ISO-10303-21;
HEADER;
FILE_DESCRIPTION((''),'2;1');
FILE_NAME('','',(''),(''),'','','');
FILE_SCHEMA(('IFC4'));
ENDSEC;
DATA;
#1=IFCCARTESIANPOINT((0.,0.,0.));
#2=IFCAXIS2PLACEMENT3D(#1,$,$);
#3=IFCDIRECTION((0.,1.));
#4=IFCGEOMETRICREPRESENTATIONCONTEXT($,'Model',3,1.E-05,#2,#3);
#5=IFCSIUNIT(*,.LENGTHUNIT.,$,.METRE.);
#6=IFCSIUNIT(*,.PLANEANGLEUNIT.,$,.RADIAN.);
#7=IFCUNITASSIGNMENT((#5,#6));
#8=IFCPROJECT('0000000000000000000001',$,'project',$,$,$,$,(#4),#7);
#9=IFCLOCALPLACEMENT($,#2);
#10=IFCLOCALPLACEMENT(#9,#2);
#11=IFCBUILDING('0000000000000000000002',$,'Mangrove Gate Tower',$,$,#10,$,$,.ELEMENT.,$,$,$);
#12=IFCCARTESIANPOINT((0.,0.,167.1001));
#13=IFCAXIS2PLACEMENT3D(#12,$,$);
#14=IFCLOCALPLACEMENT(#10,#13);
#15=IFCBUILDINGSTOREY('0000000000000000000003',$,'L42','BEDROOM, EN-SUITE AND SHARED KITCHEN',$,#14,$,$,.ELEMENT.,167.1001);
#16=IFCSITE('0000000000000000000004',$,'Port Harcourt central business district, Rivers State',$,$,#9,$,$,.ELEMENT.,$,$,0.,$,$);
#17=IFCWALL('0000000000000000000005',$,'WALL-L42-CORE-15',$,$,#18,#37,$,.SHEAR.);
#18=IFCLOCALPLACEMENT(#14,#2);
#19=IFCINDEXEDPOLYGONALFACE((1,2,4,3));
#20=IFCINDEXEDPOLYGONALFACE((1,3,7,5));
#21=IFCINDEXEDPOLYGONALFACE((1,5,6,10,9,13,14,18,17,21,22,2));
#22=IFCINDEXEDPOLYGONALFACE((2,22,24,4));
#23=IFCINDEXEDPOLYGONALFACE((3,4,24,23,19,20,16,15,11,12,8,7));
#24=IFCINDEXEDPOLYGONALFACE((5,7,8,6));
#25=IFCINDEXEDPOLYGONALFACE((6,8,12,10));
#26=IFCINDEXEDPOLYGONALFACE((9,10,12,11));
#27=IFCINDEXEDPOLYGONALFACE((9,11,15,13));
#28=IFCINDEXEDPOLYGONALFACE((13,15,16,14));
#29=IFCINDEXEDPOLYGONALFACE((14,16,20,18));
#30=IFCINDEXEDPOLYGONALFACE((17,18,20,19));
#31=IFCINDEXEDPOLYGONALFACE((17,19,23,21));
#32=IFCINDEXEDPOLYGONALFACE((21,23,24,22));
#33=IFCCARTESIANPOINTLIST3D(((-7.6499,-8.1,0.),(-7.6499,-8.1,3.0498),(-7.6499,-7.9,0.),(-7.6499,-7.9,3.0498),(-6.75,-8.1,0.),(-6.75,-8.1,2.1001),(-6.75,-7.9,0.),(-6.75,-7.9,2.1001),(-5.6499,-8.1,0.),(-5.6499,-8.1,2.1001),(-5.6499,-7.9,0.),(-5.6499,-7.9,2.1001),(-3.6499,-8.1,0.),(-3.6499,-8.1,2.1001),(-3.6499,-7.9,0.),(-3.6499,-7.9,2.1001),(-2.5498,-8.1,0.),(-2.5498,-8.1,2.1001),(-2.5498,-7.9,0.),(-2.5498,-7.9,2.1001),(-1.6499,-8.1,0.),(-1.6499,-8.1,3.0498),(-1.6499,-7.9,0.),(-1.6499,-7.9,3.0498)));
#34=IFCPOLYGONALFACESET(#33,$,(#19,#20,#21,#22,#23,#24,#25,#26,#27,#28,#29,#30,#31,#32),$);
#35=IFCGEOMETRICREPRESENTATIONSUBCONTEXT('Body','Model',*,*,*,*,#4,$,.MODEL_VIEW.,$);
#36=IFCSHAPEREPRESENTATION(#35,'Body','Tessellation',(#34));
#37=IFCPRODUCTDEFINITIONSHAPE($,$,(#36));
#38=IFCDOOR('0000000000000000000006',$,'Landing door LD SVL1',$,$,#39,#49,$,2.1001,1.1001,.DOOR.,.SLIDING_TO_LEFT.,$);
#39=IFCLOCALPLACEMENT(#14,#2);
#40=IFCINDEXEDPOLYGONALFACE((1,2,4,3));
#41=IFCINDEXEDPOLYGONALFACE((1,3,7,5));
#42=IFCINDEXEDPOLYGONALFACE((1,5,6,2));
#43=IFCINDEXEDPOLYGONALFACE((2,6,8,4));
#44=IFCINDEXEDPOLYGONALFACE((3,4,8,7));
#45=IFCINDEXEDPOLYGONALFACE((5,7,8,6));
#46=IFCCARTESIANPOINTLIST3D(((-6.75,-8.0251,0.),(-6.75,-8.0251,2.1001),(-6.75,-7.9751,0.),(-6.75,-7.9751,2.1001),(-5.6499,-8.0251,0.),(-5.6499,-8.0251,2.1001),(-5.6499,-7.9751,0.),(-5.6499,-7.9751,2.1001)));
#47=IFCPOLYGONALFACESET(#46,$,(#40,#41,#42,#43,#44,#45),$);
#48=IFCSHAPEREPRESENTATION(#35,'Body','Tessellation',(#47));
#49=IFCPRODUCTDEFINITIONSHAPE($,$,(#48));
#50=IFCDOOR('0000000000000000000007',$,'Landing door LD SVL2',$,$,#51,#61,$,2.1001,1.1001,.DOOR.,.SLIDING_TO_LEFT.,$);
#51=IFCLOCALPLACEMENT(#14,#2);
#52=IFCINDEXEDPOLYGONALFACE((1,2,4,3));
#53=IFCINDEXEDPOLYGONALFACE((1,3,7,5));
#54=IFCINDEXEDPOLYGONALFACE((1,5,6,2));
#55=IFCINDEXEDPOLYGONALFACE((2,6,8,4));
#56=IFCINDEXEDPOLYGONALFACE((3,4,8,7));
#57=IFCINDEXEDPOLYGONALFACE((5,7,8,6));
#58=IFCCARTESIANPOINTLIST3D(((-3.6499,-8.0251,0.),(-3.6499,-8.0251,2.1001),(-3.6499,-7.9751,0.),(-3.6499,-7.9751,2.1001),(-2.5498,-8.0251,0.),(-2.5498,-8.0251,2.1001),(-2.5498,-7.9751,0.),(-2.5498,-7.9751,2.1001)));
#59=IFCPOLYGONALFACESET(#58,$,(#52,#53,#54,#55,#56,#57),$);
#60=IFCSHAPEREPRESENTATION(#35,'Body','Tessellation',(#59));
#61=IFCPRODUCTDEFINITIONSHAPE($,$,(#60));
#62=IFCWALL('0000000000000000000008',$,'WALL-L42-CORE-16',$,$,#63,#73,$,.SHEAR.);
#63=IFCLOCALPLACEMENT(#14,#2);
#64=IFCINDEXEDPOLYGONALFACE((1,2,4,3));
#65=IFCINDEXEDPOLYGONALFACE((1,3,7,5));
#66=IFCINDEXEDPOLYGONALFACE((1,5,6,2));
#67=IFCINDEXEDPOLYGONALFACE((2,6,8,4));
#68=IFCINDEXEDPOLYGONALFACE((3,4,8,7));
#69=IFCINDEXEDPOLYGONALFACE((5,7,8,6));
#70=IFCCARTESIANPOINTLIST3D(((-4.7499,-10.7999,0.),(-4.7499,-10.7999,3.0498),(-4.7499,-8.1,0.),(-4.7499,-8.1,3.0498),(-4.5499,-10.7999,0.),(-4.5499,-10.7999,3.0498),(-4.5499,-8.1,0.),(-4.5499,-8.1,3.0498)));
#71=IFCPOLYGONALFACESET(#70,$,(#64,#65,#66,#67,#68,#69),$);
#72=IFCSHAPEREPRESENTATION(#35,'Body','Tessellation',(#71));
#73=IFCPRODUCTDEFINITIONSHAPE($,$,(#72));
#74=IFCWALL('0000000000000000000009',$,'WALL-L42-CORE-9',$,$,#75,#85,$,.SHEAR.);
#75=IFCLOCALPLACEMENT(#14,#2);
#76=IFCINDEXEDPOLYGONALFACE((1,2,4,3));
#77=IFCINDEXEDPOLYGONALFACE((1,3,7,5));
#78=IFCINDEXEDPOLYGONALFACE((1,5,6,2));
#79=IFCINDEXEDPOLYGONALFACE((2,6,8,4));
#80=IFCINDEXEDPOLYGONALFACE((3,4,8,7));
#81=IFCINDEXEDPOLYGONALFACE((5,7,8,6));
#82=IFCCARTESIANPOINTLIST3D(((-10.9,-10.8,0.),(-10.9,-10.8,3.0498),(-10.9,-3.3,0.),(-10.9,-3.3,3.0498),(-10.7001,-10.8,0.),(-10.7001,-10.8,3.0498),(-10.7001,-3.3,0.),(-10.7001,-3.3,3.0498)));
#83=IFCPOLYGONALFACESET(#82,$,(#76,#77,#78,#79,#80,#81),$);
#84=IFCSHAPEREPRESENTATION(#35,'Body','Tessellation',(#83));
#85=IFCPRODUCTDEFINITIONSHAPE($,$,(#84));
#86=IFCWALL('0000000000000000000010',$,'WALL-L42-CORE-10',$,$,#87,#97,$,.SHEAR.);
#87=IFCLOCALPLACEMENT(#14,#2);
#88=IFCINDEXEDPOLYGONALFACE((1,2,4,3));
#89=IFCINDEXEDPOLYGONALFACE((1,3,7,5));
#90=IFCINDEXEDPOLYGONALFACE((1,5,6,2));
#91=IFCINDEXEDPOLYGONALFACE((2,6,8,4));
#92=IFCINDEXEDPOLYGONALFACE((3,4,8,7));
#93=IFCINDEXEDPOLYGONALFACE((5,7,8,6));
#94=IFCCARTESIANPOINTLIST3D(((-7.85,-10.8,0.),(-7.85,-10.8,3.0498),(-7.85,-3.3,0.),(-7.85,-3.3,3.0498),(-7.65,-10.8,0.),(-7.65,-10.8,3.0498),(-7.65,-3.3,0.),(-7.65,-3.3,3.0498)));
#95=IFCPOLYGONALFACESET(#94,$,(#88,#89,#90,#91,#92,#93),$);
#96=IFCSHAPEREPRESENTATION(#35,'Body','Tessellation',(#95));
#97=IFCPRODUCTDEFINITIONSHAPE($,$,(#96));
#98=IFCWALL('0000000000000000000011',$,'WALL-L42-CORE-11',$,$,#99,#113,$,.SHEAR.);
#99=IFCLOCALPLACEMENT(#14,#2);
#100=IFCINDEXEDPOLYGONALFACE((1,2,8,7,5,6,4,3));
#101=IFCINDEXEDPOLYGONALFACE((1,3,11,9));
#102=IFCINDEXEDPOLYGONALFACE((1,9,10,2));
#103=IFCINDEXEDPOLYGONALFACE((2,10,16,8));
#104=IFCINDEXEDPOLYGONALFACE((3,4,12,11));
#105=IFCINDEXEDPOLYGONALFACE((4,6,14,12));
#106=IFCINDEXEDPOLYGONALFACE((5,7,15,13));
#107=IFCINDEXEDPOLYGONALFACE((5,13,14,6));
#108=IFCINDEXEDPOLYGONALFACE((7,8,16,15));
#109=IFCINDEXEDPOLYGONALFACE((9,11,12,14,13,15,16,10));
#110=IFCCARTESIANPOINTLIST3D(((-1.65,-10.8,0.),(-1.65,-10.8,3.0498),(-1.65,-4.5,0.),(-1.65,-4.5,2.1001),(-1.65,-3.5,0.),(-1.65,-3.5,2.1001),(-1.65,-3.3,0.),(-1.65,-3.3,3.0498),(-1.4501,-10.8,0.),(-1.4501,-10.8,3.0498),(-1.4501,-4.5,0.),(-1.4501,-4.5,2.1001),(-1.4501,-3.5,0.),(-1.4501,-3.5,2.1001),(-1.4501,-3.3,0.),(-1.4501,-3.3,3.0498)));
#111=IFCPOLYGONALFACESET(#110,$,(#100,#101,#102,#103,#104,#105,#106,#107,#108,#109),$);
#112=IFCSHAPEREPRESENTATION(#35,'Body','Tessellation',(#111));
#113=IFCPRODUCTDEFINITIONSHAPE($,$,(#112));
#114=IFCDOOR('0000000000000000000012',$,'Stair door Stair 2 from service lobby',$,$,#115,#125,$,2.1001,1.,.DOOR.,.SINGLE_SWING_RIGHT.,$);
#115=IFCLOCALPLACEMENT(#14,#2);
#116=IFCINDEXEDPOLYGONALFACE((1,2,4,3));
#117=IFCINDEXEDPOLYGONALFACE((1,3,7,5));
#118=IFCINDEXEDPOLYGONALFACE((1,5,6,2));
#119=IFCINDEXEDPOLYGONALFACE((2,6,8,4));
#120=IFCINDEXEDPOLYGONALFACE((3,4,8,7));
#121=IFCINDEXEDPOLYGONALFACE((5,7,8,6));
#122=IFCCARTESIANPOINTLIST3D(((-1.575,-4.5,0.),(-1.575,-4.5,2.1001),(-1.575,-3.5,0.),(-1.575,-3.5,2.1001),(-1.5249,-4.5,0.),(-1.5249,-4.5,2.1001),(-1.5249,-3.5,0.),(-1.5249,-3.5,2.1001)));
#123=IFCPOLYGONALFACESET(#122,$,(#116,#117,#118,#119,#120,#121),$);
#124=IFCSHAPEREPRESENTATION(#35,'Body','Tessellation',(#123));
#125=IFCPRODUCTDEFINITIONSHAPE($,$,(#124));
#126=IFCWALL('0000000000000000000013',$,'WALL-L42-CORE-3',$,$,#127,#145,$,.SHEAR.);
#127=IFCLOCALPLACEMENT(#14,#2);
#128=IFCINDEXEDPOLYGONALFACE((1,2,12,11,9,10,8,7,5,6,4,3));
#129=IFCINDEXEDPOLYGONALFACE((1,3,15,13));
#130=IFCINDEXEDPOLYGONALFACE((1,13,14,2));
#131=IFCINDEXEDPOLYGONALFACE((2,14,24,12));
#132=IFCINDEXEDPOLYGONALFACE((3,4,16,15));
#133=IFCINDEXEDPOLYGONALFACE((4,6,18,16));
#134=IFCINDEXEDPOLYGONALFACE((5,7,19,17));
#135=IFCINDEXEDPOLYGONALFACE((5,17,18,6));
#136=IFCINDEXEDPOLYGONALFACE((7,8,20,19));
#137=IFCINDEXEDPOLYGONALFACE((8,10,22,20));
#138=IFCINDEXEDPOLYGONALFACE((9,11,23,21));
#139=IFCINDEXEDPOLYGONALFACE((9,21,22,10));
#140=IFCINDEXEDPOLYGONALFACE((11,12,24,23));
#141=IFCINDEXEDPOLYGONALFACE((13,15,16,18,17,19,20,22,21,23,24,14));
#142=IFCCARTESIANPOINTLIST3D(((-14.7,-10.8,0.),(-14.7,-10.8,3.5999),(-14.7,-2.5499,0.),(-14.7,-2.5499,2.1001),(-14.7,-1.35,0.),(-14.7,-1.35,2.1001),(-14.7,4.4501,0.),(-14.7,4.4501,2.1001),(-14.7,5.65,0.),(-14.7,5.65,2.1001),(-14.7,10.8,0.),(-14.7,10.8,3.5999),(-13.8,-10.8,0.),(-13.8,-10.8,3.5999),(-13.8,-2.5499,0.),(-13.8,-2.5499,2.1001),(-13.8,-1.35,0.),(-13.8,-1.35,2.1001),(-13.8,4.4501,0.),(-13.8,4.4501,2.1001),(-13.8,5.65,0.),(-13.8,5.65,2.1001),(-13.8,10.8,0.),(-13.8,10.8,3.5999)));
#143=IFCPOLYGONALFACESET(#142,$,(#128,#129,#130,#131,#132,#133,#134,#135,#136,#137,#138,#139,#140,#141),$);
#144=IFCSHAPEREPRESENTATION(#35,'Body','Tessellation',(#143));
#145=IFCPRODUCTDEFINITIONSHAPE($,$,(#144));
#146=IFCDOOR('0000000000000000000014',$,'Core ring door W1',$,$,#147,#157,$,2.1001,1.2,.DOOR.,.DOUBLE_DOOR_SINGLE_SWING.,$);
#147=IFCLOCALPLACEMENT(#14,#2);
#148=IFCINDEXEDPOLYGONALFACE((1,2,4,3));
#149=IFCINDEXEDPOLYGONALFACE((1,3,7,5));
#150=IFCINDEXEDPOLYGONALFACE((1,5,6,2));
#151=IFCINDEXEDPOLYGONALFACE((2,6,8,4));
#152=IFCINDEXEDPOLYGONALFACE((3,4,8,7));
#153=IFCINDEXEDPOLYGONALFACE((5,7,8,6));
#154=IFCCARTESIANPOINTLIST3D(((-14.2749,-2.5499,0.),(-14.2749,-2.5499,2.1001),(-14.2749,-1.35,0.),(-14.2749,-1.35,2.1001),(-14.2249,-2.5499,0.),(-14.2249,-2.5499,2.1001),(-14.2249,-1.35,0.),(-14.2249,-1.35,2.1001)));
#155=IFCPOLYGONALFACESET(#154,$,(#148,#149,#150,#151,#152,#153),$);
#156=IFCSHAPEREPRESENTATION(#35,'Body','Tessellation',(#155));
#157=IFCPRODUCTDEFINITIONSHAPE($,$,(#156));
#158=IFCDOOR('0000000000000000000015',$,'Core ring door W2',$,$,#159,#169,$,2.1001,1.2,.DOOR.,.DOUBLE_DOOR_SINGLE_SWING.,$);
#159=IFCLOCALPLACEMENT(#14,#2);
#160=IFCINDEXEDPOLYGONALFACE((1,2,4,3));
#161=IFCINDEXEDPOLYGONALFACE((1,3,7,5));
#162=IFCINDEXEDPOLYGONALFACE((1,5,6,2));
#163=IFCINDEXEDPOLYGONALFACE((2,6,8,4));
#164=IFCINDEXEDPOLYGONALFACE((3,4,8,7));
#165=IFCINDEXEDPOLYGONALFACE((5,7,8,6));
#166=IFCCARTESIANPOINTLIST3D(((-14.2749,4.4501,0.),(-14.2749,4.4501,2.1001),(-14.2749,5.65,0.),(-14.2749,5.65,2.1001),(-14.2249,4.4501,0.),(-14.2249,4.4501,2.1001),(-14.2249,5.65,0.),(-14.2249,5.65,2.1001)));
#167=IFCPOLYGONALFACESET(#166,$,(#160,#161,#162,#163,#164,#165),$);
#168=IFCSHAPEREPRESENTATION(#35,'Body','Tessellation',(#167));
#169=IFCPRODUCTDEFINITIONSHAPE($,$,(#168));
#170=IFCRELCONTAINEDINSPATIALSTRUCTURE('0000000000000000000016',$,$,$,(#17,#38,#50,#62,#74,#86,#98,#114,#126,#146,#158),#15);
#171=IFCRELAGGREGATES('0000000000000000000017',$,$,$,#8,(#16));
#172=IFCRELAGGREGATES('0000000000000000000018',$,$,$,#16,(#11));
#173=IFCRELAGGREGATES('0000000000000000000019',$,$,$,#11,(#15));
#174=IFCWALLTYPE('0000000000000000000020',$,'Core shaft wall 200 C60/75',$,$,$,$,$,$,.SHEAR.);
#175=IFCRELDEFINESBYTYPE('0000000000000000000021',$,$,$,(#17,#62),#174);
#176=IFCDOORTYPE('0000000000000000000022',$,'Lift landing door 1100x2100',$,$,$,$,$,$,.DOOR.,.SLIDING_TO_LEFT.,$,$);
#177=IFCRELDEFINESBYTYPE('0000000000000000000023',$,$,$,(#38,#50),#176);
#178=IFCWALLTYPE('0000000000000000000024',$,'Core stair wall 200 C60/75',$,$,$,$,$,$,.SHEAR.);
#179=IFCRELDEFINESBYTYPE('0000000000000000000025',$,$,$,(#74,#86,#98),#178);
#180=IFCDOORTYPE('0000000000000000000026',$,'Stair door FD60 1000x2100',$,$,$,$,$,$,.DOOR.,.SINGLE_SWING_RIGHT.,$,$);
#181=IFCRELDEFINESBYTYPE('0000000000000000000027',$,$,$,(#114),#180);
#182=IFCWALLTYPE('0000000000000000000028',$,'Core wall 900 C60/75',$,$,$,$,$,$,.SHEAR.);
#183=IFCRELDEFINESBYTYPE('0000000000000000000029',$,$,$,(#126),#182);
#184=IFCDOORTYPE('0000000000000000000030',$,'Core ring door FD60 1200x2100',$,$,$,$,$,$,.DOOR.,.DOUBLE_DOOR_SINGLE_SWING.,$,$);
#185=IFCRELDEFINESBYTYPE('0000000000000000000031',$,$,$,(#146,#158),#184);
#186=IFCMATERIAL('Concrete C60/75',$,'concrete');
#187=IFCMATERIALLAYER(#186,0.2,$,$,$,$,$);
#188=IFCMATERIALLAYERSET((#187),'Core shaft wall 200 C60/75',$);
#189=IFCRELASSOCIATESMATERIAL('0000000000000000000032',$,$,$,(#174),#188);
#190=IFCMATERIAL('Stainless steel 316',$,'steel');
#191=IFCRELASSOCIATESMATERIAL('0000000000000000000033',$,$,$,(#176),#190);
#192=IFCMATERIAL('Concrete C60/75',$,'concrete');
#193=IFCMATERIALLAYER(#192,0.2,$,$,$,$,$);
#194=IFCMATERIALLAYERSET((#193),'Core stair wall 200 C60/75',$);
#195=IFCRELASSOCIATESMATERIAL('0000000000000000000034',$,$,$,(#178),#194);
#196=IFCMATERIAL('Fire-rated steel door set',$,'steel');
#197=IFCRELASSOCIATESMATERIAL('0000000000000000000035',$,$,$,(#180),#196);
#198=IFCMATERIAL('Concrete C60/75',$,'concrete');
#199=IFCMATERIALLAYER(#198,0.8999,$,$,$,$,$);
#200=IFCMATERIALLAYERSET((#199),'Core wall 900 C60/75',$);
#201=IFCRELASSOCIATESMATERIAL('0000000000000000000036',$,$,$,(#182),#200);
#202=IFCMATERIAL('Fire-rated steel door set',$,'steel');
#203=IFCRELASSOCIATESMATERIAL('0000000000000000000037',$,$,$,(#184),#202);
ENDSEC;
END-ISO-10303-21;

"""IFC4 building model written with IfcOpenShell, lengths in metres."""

from ifc_helpers import new_model, si_unit, direction, frame, frame_2d, origin, place, context, subcontext, project, spatial, rectangle, extrude, material, layer, layer_set, type_object, element, fill, save


model = new_model("IFC4")

# Units and contexts
model_context = context("Model", 3, precision=1e-05, world=origin(), true_north=direction((0.0, 1.0)))
body_context = subcontext(model_context, "Body", "Model", "MODEL_VIEW")
ifc_project = project(units=[si_unit("LENGTHUNIT", "METRE"), si_unit("PLANEANGLEUNIT", "RADIAN")], contexts=[model_context])

# Site, building, storey
site_placement = place(None, origin())
site = spatial("IfcSite", under=ifc_project, at=site_placement, Name="Port Harcourt central business district, Rivers State", CompositionType="ELEMENT", RefElevation=0.0)
building_placement = place(site_placement, origin())
building = spatial("IfcBuilding", under=site, at=building_placement, Name="Mangrove Gate Tower", CompositionType="ELEMENT")
storey_placement = place(building_placement, frame((0.0, 0.0, 167.1001)))
storey = spatial("IfcBuildingStorey", under=building, at=storey_placement, Name="L42", Description="BEDROOM, EN-SUITE AND SHARED KITCHEN", CompositionType="ELEMENT", Elevation=167.1001)

# Wall, openings, doors
ifc_material_1 = material(Name="Concrete C60/75", Category="concrete")
ifc_layer_1 = layer(ifc_material_1, 0.2)
ifc_layer_set_1 = layer_set([ifc_layer_1], Name="Core shaft wall 200 C60/75")
wall_type_1 = type_object("IfcWallType", Name="Core shaft wall 200 C60/75", PredefinedType="SHEAR", material=ifc_layer_set_1)
wall_1_placement = place(storey_placement, frame((-7.6499, -8.0, 0.0), z_axis=(0.0, 0.0, 1.0), x_axis=(1.0, 0.0, 0.0)))
wall_1 = element("IfcWall", 1, at=wall_1_placement, inside=storey, type_object=wall_type_1, Name="WALL-L42-CORE-15", PredefinedType="SHEAR", context=body_context, shape_type="SweptSolid", body=[
    extrude(rectangle(XDim=6.0, YDim=0.2, at=frame_2d((3.0, 0.0))), origin(), (0.0, 0.0, 1.0), 3.0498),
])
opening_1_placement = place(wall_1_placement, frame((0.8999, 0.0, 0.0)))
opening_1 = element("IfcOpeningElement", 2, at=opening_1_placement, cuts=wall_1, PredefinedType="OPENING", context=body_context, shape_type="SweptSolid", body=[
    extrude(rectangle(XDim=1.1001, YDim=2.1001, at=frame_2d((0.55, 1.05))), frame((0.0, 0.1099, 0.0), z_axis=(0.0, -1.0, 0.0), x_axis=(1.0, 0.0, 0.0)), (0.0, 0.0, 1.0), 0.22),
])
opening_2_placement = place(wall_1_placement, frame((4.0, 0.0, 0.0)))
opening_2 = element("IfcOpeningElement", 3, at=opening_2_placement, cuts=wall_1, PredefinedType="OPENING", context=body_context, shape_type="SweptSolid", body=[
    extrude(rectangle(XDim=1.1001, YDim=2.1001, at=frame_2d((0.55, 1.05))), frame((0.0, 0.1099, 0.0), z_axis=(0.0, -1.0, 0.0), x_axis=(1.0, 0.0, 0.0)), (0.0, 0.0, 1.0), 0.22),
])
ifc_material_2 = material(Name="Stainless steel 316", Category="steel")
door_type_1 = type_object("IfcDoorType", Name="Lift landing door 1100x2100", OperationType="SLIDING_TO_LEFT", PredefinedType="DOOR", material=ifc_material_2)
door_1_placement = place(opening_1_placement, origin())
door_1 = element("IfcDoor", 4, at=door_1_placement, inside=storey, type_object=door_type_1, Name="Landing door LD SVL1", OperationType="SLIDING_TO_LEFT", OverallHeight=2.1001, OverallWidth=1.1001, PredefinedType="DOOR", context=body_context, shape_type="SweptSolid", body=[
    extrude(rectangle(XDim=1.1001, YDim=2.1001, at=frame_2d((0.55, 1.05))), frame((0.0, 0.0249, 0.0), z_axis=(0.0, -1.0, 0.0), x_axis=(1.0, 0.0, 0.0)), (0.0, 0.0, 1.0), 0.05),
])
fill(opening_1, door_1)
door_2_placement = place(opening_2_placement, origin())
door_2 = element("IfcDoor", 5, at=door_2_placement, inside=storey, type_object=door_type_1, Name="Landing door LD SVL2", OperationType="SLIDING_TO_LEFT", OverallHeight=2.1001, OverallWidth=1.1001, PredefinedType="DOOR", context=body_context, shape_type="SweptSolid", body=[
    extrude(rectangle(XDim=1.1001, YDim=2.1001, at=frame_2d((0.55, 1.05))), frame((0.0, 0.0249, 0.0), z_axis=(0.0, -1.0, 0.0), x_axis=(1.0, 0.0, 0.0)), (0.0, 0.0, 1.0), 0.05),
])
fill(opening_2, door_2)

# Walls
wall_2_placement = place(storey_placement, frame((-4.6499, -10.8, 0.0), z_axis=(0.0, 0.0, 1.0), x_axis=(0.0, 1.0, 0.0)))
element("IfcWall", 6, at=wall_2_placement, inside=storey, type_object=wall_type_1, Name="WALL-L42-CORE-16", PredefinedType="SHEAR", context=body_context, shape_type="SweptSolid", body=[
    extrude(rectangle(XDim=2.7, YDim=0.2, at=frame_2d((1.3501, 0.0))), origin(), (0.0, 0.0, 1.0), 3.0498),
])
ifc_material_3 = material(Name="Concrete C60/75", Category="concrete")
ifc_layer_2 = layer(ifc_material_3, 0.2)
ifc_layer_set_2 = layer_set([ifc_layer_2], Name="Core stair wall 200 C60/75")
wall_type_2 = type_object("IfcWallType", Name="Core stair wall 200 C60/75", PredefinedType="SHEAR", material=ifc_layer_set_2)
for number, where, z_axis, x_axis, name in (
    (7, (-10.8, -10.8, 0.0), (0.0, 0.0, 1.0), (0.0, 1.0, 0.0), "WALL-L42-CORE-9"),
    (8, (-7.75, -10.8, 0.0), (0.0, 0.0, 1.0), (0.0, 1.0, 0.0), "WALL-L42-CORE-10"),
):
    element("IfcWall", number, at=place(storey_placement, frame(where, z_axis=z_axis, x_axis=x_axis)), inside=storey, type_object=wall_type_2, Name=name, PredefinedType="SHEAR", context=body_context, shape_type="SweptSolid", body=[
        extrude(rectangle(XDim=7.5, YDim=0.2, at=frame_2d((3.75, 0.0))), origin(), (0.0, 0.0, 1.0), 3.0498),
    ])

# Wall, opening, door
wall_3_placement = place(storey_placement, frame((-1.55, -10.8, 0.0), z_axis=(0.0, 0.0, 1.0), x_axis=(0.0, 1.0, 0.0)))
wall_3 = element("IfcWall", 9, at=wall_3_placement, inside=storey, type_object=wall_type_2, Name="WALL-L42-CORE-11", PredefinedType="SHEAR", context=body_context, shape_type="SweptSolid", body=[
    extrude(rectangle(XDim=7.5, YDim=0.2, at=frame_2d((3.75, 0.0))), origin(), (0.0, 0.0, 1.0), 3.0498),
])
opening_3_placement = place(wall_3_placement, frame((6.3, 0.0, 0.0)))
opening_3 = element("IfcOpeningElement", 10, at=opening_3_placement, cuts=wall_3, PredefinedType="OPENING", context=body_context, shape_type="SweptSolid", body=[
    extrude(rectangle(XDim=1.0, YDim=2.1001, at=frame_2d((0.5, 1.05))), frame((0.0, 0.1099, 0.0), z_axis=(0.0, -1.0, 0.0), x_axis=(1.0, 0.0, 0.0)), (0.0, 0.0, 1.0), 0.22),
])
ifc_material_4 = material(Name="Fire-rated steel door set", Category="steel")
door_type_2 = type_object("IfcDoorType", Name="Stair door FD60 1000x2100", OperationType="SINGLE_SWING_RIGHT", PredefinedType="DOOR", material=ifc_material_4)
door_3_placement = place(opening_3_placement, origin())
door_3 = element("IfcDoor", 11, at=door_3_placement, inside=storey, type_object=door_type_2, Name="Stair door Stair 2 from service lobby", OperationType="SINGLE_SWING_RIGHT", OverallHeight=2.1001, OverallWidth=1.0, PredefinedType="DOOR", context=body_context, shape_type="SweptSolid", body=[
    extrude(rectangle(XDim=1.0, YDim=2.1001, at=frame_2d((0.5, 1.05))), frame((0.0, 0.0249, 0.0), z_axis=(0.0, -1.0, 0.0), x_axis=(1.0, 0.0, 0.0)), (0.0, 0.0, 1.0), 0.05),
])
fill(opening_3, door_3)

# Wall, openings, doors
ifc_material_5 = material(Name="Concrete C60/75", Category="concrete")
ifc_layer_3 = layer(ifc_material_5, 0.8999)
ifc_layer_set_3 = layer_set([ifc_layer_3], Name="Core wall 900 C60/75")
wall_type_3 = type_object("IfcWallType", Name="Core wall 900 C60/75", PredefinedType="SHEAR", material=ifc_layer_set_3)
wall_4_placement = place(storey_placement, frame((-14.25, -10.8, 0.0), z_axis=(0.0, 0.0, 1.0), x_axis=(0.0, 1.0, 0.0)))
wall_4 = element("IfcWall", 12, at=wall_4_placement, inside=storey, type_object=wall_type_3, Name="WALL-L42-CORE-3", PredefinedType="SHEAR", context=body_context, shape_type="SweptSolid", body=[
    extrude(rectangle(XDim=21.6001, YDim=0.8999, at=frame_2d((10.8, 0.0))), origin(), (0.0, 0.0, 1.0), 3.5999),
])
opening_4_placement = place(wall_4_placement, frame((8.25, 0.0, 0.0)))
opening_4 = element("IfcOpeningElement", 13, at=opening_4_placement, cuts=wall_4, PredefinedType="OPENING", context=body_context, shape_type="SweptSolid", body=[
    extrude(rectangle(XDim=1.2, YDim=2.1001, at=frame_2d((0.6001, 1.05))), frame((0.0, 0.46, 0.0), z_axis=(0.0, -1.0, 0.0), x_axis=(1.0, 0.0, 0.0)), (0.0, 0.0, 1.0), 0.9199),
])
opening_5_placement = place(wall_4_placement, frame((15.25, 0.0, 0.0)))
opening_5 = element("IfcOpeningElement", 14, at=opening_5_placement, cuts=wall_4, PredefinedType="OPENING", context=body_context, shape_type="SweptSolid", body=[
    extrude(rectangle(XDim=1.2, YDim=2.1001, at=frame_2d((0.6001, 1.05))), frame((0.0, 0.46, 0.0), z_axis=(0.0, -1.0, 0.0), x_axis=(1.0, 0.0, 0.0)), (0.0, 0.0, 1.0), 0.9199),
])
ifc_material_6 = material(Name="Fire-rated steel door set", Category="steel")
door_type_3 = type_object("IfcDoorType", Name="Core ring door FD60 1200x2100", OperationType="DOUBLE_DOOR_SINGLE_SWING", PredefinedType="DOOR", material=ifc_material_6)
door_4_placement = place(opening_4_placement, origin())
door_4 = element("IfcDoor", 15, at=door_4_placement, inside=storey, type_object=door_type_3, Name="Core ring door W1", OperationType="DOUBLE_DOOR_SINGLE_SWING", OverallHeight=2.1001, OverallWidth=1.2, PredefinedType="DOOR", context=body_context, shape_type="SweptSolid", body=[
    extrude(rectangle(XDim=1.2, YDim=2.1001, at=frame_2d((0.6001, 1.05))), frame((0.0, 0.0249, 0.0), z_axis=(0.0, -1.0, 0.0), x_axis=(1.0, 0.0, 0.0)), (0.0, 0.0, 1.0), 0.05),
])
fill(opening_4, door_4)
door_5_placement = place(opening_5_placement, origin())
door_5 = element("IfcDoor", 16, at=door_5_placement, inside=storey, type_object=door_type_3, Name="Core ring door W2", OperationType="DOUBLE_DOOR_SINGLE_SWING", OverallHeight=2.1001, OverallWidth=1.2, PredefinedType="DOOR", context=body_context, shape_type="SweptSolid", body=[
    extrude(rectangle(XDim=1.2, YDim=2.1001, at=frame_2d((0.6001, 1.05))), frame((0.0, 0.0249, 0.0), z_axis=(0.0, -1.0, 0.0), x_axis=(1.0, 0.0, 0.0)), (0.0, 0.0, 1.0), 0.05),
])
fill(opening_5, door_5)

save(model, "model.ifc")
